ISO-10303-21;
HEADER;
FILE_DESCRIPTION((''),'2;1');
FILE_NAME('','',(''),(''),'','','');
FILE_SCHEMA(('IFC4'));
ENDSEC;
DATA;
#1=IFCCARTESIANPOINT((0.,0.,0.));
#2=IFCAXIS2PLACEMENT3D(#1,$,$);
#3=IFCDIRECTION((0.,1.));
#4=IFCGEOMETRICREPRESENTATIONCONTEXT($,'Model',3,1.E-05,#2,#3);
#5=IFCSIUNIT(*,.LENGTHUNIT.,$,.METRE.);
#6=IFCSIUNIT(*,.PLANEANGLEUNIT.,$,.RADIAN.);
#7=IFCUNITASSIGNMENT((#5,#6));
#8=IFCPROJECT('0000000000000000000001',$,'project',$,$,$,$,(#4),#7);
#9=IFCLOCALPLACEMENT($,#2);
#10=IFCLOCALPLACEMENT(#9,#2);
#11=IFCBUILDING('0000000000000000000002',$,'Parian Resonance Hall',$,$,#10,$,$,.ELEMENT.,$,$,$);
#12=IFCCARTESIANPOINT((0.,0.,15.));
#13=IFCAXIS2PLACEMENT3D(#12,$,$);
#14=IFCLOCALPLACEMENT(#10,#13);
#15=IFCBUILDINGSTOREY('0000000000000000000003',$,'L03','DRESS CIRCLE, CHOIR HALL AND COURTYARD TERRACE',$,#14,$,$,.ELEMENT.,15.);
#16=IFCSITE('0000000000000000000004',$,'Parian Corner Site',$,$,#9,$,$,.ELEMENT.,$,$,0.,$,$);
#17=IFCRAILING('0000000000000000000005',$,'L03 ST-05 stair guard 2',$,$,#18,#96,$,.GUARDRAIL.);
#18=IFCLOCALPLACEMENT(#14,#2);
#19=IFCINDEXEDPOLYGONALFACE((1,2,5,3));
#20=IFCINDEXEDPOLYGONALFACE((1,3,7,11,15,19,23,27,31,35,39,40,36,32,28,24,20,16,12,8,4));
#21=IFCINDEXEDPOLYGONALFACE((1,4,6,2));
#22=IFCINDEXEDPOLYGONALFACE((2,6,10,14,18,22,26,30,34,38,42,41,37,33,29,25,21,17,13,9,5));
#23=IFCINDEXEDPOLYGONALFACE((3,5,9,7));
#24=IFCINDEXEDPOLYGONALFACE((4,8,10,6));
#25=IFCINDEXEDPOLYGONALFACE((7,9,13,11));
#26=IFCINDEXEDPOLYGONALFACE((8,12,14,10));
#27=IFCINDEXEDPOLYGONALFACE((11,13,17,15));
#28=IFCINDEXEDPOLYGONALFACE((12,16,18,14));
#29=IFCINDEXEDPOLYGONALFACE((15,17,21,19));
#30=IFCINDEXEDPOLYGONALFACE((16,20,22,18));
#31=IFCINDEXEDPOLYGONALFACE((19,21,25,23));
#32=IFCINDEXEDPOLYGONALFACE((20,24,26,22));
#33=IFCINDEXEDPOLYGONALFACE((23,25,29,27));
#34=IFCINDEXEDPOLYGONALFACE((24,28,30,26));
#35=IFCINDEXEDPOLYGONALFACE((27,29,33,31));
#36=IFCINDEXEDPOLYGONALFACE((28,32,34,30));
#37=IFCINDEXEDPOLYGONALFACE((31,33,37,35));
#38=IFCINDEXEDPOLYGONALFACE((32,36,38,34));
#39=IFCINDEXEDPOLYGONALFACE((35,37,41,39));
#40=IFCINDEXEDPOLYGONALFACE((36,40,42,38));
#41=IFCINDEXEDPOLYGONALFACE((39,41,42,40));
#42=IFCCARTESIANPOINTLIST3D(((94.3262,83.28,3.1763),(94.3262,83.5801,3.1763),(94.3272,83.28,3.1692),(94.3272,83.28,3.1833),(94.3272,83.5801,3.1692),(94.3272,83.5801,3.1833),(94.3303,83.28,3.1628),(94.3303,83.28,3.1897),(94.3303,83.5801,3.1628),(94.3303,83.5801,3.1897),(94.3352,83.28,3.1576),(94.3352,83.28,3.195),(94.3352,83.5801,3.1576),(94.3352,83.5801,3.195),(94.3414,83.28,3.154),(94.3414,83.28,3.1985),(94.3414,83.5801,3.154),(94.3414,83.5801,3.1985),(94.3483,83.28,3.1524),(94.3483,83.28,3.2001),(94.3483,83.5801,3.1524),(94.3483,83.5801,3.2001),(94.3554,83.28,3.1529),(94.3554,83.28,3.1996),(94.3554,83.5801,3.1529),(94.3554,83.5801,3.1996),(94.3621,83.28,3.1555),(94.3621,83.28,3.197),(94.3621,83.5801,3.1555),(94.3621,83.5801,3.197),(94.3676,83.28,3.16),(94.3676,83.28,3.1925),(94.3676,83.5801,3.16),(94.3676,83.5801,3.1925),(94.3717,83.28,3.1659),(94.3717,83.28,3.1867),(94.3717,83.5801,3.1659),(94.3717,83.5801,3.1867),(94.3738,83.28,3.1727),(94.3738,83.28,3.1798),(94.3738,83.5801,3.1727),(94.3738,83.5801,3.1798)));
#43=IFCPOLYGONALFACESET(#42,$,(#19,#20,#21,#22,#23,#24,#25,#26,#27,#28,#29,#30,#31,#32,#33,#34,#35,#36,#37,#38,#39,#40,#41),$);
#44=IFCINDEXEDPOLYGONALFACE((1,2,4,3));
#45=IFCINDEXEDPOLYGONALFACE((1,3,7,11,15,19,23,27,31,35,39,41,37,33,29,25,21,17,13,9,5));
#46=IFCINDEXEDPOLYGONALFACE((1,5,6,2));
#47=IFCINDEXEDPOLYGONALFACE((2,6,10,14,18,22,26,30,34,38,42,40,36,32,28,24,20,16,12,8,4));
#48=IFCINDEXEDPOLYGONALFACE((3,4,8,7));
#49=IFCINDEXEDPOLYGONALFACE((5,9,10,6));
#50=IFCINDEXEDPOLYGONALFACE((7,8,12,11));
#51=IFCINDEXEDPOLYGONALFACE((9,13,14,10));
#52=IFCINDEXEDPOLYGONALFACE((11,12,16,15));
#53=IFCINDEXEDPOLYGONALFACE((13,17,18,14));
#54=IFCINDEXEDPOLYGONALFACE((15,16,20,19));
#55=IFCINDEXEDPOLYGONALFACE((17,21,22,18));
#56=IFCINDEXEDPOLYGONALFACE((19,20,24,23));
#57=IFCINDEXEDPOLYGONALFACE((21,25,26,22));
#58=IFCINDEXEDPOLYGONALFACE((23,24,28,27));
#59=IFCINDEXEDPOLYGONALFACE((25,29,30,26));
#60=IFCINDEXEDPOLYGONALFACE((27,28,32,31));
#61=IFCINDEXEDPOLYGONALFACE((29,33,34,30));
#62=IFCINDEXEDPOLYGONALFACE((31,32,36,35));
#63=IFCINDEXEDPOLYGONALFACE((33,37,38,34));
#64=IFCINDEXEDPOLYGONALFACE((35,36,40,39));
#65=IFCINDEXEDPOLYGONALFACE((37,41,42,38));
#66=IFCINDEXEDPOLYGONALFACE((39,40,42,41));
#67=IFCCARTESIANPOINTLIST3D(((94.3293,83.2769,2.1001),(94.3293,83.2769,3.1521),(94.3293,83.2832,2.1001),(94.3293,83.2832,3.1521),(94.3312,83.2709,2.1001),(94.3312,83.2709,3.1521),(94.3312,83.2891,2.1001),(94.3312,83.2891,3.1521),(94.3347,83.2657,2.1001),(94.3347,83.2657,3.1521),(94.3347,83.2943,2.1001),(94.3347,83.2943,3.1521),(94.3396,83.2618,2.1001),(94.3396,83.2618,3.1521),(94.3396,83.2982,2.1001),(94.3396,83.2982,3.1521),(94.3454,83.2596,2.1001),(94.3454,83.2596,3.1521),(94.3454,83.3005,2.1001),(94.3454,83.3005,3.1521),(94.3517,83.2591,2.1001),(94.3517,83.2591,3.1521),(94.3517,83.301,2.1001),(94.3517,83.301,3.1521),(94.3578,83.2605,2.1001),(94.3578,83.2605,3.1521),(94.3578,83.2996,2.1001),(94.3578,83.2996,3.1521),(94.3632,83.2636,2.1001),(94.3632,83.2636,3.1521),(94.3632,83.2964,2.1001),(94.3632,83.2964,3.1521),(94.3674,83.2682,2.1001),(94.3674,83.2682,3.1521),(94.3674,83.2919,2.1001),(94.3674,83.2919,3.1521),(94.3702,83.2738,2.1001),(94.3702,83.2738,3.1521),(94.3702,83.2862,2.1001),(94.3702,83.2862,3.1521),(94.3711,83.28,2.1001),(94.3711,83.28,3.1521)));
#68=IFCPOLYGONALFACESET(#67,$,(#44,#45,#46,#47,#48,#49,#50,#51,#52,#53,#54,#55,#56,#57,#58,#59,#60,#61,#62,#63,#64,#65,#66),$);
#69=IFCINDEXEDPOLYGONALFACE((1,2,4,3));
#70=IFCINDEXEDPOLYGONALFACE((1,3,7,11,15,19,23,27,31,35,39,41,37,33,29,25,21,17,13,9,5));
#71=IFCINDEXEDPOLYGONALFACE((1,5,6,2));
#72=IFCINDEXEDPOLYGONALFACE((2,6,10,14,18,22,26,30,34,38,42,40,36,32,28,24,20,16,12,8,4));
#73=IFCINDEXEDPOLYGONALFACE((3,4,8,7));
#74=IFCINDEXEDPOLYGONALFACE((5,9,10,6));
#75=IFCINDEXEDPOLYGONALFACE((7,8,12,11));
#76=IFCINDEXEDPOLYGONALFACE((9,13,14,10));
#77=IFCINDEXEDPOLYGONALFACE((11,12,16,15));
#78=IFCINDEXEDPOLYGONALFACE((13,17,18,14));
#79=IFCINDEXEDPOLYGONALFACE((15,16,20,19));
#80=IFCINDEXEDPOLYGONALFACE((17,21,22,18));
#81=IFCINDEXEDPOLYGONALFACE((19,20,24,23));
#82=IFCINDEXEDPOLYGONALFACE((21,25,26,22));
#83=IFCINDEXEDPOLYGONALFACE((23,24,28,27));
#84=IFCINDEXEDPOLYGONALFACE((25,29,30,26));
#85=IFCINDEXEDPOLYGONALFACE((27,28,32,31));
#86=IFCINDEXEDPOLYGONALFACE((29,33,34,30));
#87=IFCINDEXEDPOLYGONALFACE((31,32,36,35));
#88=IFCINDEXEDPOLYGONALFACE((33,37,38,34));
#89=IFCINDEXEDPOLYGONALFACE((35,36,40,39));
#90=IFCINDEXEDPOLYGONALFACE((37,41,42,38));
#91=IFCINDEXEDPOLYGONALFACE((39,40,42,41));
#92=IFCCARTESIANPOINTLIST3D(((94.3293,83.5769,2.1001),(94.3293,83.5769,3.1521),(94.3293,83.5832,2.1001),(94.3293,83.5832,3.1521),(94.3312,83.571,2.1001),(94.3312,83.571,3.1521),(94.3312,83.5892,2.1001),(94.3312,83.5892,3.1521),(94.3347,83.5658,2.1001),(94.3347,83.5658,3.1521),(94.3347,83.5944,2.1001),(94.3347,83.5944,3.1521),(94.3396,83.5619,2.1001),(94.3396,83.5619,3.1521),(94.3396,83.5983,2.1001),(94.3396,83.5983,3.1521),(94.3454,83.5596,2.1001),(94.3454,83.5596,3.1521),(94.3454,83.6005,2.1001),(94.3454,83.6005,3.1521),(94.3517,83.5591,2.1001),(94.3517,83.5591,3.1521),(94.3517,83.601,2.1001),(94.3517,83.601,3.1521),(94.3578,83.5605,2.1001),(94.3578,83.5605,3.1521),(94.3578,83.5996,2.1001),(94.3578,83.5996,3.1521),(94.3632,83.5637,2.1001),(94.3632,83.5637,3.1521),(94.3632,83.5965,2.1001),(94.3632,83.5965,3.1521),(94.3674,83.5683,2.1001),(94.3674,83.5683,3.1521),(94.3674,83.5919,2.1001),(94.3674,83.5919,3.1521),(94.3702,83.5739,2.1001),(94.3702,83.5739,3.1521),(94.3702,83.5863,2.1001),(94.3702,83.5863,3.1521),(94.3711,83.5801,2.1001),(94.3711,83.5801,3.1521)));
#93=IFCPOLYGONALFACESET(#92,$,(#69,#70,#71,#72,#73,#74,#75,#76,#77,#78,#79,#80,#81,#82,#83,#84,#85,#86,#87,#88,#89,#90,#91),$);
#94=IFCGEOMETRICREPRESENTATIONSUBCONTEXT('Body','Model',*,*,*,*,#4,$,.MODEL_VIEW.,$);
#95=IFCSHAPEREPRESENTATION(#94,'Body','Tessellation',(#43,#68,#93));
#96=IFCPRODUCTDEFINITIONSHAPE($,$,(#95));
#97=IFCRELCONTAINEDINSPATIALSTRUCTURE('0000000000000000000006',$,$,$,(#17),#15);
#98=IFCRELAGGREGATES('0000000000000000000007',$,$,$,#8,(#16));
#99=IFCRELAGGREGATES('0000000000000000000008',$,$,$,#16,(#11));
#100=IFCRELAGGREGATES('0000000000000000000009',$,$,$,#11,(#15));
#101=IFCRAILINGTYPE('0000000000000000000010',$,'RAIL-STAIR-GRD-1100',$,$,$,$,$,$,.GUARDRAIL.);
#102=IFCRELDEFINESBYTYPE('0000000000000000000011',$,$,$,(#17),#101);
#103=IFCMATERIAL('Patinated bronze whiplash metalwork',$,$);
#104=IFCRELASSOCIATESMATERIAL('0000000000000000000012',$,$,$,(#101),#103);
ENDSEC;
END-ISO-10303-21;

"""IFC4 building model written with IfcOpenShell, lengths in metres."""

from ifc_helpers import new_model, si_unit, direction, frame, origin, origin_2d, place, context, subcontext, project, spatial, circle, extrude, material, type_object, element, save


model = new_model("IFC4")

# Units and contexts
model_context = context("Model", 3, precision=1e-05, world=origin(), true_north=direction((0.0, 1.0)))
body_context = subcontext(model_context, "Body", "Model", "MODEL_VIEW")
ifc_project = project(units=[si_unit("LENGTHUNIT", "METRE"), si_unit("PLANEANGLEUNIT", "RADIAN")], contexts=[model_context])

# Site, building, storey
site_placement = place(None, origin())
site = spatial("IfcSite", under=ifc_project, at=site_placement, Name="Parian Corner Site", CompositionType="ELEMENT", RefElevation=0.0)
building_placement = place(site_placement, origin())
building = spatial("IfcBuilding", under=site, at=building_placement, Name="Parian Resonance Hall", CompositionType="ELEMENT")
storey_placement = place(building_placement, frame((0.0, 0.0, 15.0)))
storey = spatial("IfcBuildingStorey", under=building, at=storey_placement, Name="L03", Description="DRESS CIRCLE, CHOIR HALL AND COURTYARD TERRACE", CompositionType="ELEMENT", Elevation=15.0)

# Railing
ifc_material_1 = material(Name="Patinated bronze whiplash metalwork")
railing_type_1 = type_object("IfcRailingType", Name="RAIL-STAIR-GRD-1100", PredefinedType="GUARDRAIL", material=ifc_material_1)
railing_1_placement = place(storey_placement, frame((94.3501, 83.28, 2.1001)))
element("IfcRailing", 1, at=railing_1_placement, inside=storey, type_object=railing_type_1, Name="L03 ST-05 stair guard 2", PredefinedType="GUARDRAIL", context=body_context, shape_type="SweptSolid", body=[
    extrude(circle(Radius=0.0239, at=origin_2d()), frame((0.0, 0.0, 1.0762), z_axis=(0.0, 1.0, 0.0), x_axis=(-1.0, 0.0, 0.0)), (0.0, 0.0, 1.0), 0.3),
    extrude(circle(Radius=0.021, at=origin_2d()), origin(), (0.0, 0.0, 1.0), 1.052),
    extrude(circle(Radius=0.021, at=origin_2d()), frame((0.0, 0.3, 0.0)), (0.0, 0.0, 1.0), 1.052),
])

save(model, "model.ifc")
